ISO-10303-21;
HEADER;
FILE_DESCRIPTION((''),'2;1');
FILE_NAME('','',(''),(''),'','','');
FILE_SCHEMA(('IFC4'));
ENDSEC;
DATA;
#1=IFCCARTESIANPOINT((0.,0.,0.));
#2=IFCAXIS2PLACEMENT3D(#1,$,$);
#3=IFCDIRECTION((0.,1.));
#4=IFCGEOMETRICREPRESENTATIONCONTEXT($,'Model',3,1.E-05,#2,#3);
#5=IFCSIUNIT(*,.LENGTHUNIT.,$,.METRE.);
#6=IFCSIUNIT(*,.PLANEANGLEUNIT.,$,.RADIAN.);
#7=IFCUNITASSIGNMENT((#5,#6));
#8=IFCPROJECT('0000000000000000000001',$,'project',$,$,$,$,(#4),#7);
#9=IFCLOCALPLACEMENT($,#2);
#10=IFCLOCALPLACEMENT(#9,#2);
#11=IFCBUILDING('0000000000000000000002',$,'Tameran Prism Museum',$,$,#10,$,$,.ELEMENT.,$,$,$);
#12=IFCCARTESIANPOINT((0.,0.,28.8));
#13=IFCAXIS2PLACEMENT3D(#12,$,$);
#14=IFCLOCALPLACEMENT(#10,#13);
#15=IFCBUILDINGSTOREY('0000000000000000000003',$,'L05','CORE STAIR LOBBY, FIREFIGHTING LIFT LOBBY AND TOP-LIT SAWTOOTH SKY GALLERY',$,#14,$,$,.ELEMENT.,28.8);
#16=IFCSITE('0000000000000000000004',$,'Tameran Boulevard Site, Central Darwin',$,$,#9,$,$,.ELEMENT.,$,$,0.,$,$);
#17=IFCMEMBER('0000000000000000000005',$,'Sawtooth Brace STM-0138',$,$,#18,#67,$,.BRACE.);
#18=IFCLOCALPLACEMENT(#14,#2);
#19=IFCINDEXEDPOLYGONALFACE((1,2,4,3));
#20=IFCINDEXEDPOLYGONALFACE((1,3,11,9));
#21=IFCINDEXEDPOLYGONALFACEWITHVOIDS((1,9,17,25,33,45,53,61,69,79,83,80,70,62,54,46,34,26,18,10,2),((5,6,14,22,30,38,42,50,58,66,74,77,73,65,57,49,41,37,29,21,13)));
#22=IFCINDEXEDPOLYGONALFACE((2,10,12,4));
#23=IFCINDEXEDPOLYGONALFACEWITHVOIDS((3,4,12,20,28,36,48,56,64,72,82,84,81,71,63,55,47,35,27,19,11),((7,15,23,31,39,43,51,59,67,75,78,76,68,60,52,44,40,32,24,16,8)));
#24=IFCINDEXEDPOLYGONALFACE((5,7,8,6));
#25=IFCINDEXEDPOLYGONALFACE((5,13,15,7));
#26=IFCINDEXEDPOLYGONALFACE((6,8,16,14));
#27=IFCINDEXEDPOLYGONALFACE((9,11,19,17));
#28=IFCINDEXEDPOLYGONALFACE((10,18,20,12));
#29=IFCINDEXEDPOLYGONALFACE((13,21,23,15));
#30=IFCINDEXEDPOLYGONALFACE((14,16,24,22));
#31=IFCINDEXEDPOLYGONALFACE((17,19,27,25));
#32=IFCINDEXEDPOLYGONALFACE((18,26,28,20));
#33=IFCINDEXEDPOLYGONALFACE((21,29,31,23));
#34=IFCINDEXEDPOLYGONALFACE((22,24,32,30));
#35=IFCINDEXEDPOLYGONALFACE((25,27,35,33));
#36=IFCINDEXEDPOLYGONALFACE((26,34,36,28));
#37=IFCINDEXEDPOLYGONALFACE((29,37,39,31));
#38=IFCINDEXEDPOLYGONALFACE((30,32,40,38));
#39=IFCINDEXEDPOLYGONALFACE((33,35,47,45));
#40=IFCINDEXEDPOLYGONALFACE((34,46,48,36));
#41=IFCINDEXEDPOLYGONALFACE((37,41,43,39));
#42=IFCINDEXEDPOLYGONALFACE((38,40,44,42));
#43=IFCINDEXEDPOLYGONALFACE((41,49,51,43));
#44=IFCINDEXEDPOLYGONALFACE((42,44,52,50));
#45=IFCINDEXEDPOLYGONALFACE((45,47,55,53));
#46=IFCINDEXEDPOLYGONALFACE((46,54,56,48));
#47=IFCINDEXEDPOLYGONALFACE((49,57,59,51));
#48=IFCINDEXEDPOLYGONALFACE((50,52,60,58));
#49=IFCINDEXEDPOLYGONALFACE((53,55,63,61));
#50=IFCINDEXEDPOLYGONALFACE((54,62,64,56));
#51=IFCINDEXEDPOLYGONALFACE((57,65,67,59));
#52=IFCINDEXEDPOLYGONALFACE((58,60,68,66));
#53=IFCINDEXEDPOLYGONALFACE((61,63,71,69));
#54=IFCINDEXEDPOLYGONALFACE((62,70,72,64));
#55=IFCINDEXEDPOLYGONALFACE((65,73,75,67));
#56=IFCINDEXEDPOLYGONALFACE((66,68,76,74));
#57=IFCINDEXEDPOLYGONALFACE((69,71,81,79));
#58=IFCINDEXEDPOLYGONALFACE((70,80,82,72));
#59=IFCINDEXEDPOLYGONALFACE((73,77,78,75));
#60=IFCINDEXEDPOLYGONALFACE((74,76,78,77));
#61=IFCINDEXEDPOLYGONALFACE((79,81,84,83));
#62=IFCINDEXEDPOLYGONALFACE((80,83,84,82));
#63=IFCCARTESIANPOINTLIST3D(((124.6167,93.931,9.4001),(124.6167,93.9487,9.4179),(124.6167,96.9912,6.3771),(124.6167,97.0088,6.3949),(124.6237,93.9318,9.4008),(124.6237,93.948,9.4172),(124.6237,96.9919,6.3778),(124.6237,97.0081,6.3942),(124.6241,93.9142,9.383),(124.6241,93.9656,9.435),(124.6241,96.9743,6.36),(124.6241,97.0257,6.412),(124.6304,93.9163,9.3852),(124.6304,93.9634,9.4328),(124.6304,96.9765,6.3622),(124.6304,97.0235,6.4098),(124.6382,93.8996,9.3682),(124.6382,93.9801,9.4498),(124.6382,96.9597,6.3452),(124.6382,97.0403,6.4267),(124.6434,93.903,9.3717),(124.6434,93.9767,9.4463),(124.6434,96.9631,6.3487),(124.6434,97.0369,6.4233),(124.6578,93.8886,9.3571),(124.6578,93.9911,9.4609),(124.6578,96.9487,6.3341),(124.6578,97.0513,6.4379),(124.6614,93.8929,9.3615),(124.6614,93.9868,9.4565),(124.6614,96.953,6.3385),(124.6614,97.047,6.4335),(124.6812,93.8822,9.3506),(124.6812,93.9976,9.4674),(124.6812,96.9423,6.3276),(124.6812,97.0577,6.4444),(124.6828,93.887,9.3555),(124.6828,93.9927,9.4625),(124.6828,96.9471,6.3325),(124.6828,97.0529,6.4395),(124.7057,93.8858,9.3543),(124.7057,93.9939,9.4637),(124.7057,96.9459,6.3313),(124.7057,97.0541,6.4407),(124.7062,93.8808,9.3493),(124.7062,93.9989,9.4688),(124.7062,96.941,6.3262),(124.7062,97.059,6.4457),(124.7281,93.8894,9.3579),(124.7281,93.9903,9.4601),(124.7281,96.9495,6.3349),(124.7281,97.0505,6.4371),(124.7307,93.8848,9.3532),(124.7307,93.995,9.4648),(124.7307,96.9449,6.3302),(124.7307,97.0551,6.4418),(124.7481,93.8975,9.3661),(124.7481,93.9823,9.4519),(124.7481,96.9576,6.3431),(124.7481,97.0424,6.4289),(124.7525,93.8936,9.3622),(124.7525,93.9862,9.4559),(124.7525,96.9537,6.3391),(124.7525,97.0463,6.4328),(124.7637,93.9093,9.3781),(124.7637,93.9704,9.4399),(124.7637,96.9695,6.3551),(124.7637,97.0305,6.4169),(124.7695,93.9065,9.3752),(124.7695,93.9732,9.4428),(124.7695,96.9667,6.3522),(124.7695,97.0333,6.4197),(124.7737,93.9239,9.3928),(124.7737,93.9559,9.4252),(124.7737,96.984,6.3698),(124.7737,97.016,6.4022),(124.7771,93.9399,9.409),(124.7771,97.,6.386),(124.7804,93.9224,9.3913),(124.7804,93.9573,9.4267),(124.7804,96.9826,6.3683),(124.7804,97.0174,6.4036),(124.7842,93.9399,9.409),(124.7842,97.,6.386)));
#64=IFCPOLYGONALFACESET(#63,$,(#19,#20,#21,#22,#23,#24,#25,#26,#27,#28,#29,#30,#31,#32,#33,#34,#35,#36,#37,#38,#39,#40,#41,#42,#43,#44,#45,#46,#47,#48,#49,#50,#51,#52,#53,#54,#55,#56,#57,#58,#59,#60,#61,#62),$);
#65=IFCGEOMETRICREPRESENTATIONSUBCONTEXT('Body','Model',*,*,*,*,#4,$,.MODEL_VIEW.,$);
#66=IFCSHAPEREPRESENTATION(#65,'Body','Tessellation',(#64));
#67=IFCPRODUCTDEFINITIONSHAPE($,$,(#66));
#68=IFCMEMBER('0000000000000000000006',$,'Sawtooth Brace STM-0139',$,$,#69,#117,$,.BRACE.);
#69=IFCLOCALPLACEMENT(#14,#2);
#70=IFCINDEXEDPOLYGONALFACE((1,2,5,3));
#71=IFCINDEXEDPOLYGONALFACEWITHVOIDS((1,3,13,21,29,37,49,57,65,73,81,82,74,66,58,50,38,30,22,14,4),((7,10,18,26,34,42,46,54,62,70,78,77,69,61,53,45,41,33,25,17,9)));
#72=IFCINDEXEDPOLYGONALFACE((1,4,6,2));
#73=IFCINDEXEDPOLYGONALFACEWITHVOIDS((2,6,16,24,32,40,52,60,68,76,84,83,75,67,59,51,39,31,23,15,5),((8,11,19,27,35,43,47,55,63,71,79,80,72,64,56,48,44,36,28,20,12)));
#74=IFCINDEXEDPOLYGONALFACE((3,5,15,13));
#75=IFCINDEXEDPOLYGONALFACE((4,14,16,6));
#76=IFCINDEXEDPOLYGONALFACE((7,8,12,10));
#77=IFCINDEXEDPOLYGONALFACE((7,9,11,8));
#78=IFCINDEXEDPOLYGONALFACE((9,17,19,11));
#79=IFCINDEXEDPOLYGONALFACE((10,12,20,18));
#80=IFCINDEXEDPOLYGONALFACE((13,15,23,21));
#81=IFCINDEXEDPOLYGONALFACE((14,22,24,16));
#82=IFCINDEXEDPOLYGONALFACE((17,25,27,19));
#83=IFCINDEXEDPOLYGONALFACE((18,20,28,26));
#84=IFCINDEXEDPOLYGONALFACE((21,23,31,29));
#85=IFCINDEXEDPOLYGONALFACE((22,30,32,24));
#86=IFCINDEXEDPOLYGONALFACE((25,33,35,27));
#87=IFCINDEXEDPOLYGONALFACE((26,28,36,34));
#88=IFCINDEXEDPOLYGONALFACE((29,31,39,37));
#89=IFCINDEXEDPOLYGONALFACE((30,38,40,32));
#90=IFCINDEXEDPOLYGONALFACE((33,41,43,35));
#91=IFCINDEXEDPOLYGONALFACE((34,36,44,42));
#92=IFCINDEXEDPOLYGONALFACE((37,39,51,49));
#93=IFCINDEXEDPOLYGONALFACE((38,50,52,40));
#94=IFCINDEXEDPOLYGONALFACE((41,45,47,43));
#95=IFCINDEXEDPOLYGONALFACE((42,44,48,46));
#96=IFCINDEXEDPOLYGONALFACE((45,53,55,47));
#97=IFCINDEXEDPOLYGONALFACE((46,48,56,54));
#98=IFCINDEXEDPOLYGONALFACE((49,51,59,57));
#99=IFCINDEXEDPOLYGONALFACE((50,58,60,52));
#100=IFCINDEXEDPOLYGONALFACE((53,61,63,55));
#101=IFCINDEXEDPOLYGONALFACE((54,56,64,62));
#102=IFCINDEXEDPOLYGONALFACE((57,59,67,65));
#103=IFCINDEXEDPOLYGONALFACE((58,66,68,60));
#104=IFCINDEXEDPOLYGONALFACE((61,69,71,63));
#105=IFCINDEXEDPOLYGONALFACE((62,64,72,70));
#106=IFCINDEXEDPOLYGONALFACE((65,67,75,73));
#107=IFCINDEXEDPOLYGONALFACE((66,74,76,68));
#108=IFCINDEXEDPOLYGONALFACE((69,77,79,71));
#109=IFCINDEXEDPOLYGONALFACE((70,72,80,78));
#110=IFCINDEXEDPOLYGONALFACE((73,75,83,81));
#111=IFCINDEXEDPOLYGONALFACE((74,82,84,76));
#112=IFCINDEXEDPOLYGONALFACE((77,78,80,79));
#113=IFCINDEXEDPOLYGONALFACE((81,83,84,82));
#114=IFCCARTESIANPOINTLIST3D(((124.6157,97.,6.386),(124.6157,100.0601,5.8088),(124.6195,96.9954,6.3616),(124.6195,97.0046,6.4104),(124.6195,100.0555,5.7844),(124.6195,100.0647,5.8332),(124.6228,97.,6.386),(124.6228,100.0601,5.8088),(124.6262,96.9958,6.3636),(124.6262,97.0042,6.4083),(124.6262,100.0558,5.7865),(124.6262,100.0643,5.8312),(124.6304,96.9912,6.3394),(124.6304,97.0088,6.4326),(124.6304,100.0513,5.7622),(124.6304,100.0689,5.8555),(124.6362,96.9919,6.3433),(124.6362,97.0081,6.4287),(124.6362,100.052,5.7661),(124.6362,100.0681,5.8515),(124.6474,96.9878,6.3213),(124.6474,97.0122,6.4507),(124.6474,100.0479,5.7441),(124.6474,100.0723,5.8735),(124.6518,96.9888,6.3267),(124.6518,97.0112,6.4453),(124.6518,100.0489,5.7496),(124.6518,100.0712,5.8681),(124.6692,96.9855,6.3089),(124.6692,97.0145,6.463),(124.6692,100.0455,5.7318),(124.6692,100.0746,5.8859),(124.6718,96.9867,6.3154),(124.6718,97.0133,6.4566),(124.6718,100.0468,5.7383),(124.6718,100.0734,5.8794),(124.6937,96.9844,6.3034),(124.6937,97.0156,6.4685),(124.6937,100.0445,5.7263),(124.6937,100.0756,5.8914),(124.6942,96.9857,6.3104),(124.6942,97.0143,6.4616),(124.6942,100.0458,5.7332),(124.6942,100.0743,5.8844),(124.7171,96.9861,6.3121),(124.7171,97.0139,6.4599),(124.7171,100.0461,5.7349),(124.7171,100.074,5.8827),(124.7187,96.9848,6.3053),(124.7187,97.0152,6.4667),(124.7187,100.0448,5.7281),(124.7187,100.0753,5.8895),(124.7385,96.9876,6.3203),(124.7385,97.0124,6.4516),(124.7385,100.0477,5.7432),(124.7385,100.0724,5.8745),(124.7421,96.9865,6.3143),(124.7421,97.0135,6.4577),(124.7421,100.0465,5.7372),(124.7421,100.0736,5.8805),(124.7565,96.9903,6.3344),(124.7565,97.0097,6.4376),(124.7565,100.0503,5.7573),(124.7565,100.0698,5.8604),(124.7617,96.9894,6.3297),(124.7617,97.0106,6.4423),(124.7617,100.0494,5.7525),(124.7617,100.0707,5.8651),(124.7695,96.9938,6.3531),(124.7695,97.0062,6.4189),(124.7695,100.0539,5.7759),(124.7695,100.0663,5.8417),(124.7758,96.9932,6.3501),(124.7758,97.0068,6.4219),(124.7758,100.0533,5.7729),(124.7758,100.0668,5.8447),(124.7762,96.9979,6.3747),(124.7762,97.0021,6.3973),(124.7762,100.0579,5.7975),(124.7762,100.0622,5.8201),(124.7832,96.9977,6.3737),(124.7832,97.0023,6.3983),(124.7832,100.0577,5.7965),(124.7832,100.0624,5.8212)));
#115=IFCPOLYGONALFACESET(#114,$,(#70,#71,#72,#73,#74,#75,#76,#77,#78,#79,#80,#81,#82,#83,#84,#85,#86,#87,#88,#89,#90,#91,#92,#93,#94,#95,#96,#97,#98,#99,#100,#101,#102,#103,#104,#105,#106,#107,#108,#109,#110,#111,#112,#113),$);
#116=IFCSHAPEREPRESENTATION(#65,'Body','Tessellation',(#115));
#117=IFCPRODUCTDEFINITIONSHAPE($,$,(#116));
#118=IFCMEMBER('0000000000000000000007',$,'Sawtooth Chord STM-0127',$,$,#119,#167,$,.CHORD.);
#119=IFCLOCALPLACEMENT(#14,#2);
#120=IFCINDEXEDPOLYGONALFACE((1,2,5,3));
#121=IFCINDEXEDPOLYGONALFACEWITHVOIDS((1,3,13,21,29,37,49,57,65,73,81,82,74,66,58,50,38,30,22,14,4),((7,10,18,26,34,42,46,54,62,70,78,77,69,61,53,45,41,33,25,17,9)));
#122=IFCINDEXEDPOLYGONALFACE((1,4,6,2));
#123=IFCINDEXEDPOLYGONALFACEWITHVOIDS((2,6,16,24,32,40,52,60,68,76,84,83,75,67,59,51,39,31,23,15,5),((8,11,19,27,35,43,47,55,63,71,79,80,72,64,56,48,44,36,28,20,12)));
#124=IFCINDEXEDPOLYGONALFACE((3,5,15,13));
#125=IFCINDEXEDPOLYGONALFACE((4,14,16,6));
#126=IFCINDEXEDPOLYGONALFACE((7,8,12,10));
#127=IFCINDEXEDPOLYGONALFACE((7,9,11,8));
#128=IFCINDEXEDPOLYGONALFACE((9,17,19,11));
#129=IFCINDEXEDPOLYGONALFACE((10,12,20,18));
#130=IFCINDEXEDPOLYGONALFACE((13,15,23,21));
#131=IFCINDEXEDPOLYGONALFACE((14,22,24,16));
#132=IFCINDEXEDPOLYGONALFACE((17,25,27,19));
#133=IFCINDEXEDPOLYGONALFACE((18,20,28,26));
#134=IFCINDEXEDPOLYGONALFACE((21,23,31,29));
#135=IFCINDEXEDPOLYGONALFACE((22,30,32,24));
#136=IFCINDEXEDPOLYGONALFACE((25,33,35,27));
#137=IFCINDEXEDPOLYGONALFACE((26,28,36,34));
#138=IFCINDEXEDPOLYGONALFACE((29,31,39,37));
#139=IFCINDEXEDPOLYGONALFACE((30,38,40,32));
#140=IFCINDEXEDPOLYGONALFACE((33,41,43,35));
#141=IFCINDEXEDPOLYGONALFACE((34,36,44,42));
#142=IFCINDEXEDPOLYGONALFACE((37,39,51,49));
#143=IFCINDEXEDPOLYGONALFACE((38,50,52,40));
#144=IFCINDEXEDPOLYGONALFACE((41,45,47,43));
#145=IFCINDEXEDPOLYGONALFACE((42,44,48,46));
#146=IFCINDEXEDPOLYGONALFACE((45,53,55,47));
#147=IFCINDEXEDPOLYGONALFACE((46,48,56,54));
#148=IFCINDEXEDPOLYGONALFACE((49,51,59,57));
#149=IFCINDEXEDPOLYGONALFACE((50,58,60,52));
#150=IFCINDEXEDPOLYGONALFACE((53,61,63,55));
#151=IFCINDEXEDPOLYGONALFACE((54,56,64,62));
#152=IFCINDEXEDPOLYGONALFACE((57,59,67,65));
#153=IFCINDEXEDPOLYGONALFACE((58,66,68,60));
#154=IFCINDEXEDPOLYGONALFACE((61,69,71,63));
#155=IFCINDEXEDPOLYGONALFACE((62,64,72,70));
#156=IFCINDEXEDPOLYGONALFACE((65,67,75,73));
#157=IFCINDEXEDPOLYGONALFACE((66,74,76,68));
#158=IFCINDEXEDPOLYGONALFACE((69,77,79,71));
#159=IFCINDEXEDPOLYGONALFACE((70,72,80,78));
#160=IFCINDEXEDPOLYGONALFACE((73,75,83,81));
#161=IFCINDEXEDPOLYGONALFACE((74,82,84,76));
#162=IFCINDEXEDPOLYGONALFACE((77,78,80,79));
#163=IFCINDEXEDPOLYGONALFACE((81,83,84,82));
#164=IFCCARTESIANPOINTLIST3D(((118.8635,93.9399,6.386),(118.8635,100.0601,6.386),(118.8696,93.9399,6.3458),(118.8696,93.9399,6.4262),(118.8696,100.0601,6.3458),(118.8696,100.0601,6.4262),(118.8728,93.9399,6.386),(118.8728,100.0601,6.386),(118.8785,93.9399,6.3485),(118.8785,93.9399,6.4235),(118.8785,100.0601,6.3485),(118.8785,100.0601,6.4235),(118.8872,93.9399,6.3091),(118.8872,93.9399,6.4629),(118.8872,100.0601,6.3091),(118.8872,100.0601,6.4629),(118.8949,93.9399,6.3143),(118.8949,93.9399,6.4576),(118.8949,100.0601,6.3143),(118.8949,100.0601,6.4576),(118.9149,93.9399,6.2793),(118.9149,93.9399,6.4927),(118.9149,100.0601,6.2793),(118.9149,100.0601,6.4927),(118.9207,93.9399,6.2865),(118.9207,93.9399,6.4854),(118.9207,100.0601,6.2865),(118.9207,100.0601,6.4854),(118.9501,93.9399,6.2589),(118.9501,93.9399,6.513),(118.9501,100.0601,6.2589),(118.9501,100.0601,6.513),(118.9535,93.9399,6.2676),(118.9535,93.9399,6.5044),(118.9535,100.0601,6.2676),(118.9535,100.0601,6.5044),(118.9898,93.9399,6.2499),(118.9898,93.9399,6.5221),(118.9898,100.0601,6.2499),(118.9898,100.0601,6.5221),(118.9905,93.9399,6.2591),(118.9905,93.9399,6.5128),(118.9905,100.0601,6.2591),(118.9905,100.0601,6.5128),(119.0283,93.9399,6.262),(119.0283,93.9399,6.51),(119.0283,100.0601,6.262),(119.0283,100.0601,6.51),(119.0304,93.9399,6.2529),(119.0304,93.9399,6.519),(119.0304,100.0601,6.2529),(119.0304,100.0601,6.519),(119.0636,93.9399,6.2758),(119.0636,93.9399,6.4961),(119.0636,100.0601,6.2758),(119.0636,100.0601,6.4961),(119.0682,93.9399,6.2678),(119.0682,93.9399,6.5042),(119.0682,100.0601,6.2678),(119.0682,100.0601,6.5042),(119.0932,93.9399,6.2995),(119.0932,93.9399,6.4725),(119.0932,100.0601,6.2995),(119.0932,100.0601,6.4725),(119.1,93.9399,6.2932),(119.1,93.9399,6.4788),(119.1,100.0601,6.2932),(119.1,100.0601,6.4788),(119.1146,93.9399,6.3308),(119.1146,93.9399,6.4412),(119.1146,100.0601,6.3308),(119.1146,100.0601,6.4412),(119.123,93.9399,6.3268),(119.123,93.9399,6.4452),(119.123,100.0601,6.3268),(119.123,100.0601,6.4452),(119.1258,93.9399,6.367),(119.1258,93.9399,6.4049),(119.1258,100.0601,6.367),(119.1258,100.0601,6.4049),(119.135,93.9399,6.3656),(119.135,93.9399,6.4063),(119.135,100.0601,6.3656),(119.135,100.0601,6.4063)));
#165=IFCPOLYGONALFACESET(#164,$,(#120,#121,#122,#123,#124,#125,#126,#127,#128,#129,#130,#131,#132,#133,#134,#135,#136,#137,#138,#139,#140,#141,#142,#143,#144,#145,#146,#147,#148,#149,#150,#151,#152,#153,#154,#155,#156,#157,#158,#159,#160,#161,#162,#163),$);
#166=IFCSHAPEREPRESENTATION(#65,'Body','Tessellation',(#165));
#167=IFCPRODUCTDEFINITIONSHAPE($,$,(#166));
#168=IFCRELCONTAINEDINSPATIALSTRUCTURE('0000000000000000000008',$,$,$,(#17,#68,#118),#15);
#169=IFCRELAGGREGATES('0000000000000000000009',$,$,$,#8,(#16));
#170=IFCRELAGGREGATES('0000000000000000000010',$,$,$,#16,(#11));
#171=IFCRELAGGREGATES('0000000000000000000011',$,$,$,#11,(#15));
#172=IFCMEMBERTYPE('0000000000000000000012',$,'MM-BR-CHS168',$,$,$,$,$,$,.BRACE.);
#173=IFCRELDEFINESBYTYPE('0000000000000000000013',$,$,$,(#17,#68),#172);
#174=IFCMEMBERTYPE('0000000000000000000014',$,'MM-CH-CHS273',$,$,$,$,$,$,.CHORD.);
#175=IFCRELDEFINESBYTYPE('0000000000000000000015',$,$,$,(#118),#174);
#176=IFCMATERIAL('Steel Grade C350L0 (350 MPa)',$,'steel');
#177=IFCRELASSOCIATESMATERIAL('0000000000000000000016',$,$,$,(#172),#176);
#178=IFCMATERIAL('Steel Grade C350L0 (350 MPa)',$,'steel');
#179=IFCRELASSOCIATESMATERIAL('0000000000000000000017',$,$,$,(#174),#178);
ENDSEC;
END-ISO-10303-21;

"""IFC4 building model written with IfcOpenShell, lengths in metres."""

from ifc_helpers import new_model, si_unit, direction, frame, origin, origin_2d, place, context, subcontext, project, spatial, hollow_circle, extrude, material, material_profile, profile_set, type_object, element, save


model = new_model("IFC4")

# Units and contexts
model_context = context("Model", 3, precision=1e-05, world=origin(), true_north=direction((0.0, 1.0)))
body_context = subcontext(model_context, "Body", "Model", "MODEL_VIEW")
ifc_project = project(units=[si_unit("LENGTHUNIT", "METRE"), si_unit("PLANEANGLEUNIT", "RADIAN")], contexts=[model_context])

# Site, building, storey
site_placement = place(None, origin())
site = spatial("IfcSite", under=ifc_project, at=site_placement, Name="Tameran Boulevard Site, Central Darwin", CompositionType="ELEMENT", RefElevation=0.0)
building_placement = place(site_placement, origin())
building = spatial("IfcBuilding", under=site, at=building_placement, Name="Tameran Prism Museum", CompositionType="ELEMENT")
storey_placement = place(building_placement, frame((0.0, 0.0, 28.8)))
storey = spatial("IfcBuildingStorey", under=building, at=storey_placement, Name="L05", Description="CORE STAIR LOBBY, FIREFIGHTING LIFT LOBBY AND TOP-LIT SAWTOOTH SKY GALLERY", CompositionType="ELEMENT", Elevation=28.8)

# Members
ifc_material_1 = material(Name="Steel Grade C350L0 (350 MPa)", Category="steel")
ifc_material_profile_1 = material_profile(ifc_material_1, hollow_circle(Radius=0.0842, WallThickness=0.0071, at=origin_2d()))
ifc_profile_set_1 = profile_set([ifc_material_profile_1])
member_type_1 = type_object("IfcMemberType", Name="MM-BR-CHS168", PredefinedType="BRACE", material=ifc_profile_set_1)
member_1_placement = place(storey_placement, frame((124.7, 97.0, 6.386), z_axis=(0.0, -0.711407, 0.70278), x_axis=(1.0, 0.0, 0.0)))
element("IfcMember", 1, at=member_1_placement, inside=storey, type_object=member_type_1, Name="Sawtooth Brace STM-0138", PredefinedType="BRACE", context=body_context, shape_type="SweptSolid", body=[
    extrude(hollow_circle(Radius=0.0842, WallThickness=0.0071, at=origin_2d()), origin(), (0.0, 0.0, 1.0), 4.3015),
])
member_2_placement = place(storey_placement, frame((124.7, 97.0, 6.386), z_axis=(0.0, 0.982675, -0.185339), x_axis=(-1.0, 0.0, 0.0)))
element("IfcMember", 2, at=member_2_placement, inside=storey, type_object=member_type_1, Name="Sawtooth Brace STM-0139", PredefinedType="BRACE", context=body_context, shape_type="SweptSolid", body=[
    extrude(hollow_circle(Radius=0.0842, WallThickness=0.0071, at=origin_2d()), origin(), (0.0, 0.0, 1.0), 3.114),
])
ifc_material_2 = material(Name="Steel Grade C350L0 (350 MPa)", Category="steel")
ifc_material_profile_2 = material_profile(ifc_material_2, hollow_circle(Radius=0.1365, WallThickness=0.0093, at=origin_2d()))
ifc_profile_set_2 = profile_set([ifc_material_profile_2])
member_type_2 = type_object("IfcMemberType", Name="MM-CH-CHS273", PredefinedType="CHORD", material=ifc_profile_set_2)
for number, where, z_axis, x_axis, name in (
    (3, (119.0, 93.9399, 6.386), (0.0, 1.0, 0.0), (-1.0, 0.0, 0.0), "Sawtooth Chord STM-0127"),
):
    element("IfcMember", number, at=place(storey_placement, frame(where, z_axis=z_axis, x_axis=x_axis)), inside=storey, type_object=member_type_2, Name=name, PredefinedType="CHORD", context=body_context, shape_type="SweptSolid", body=[
        extrude(hollow_circle(Radius=0.1365, WallThickness=0.0093, at=origin_2d()), origin(), (0.0, 0.0, 1.0), 6.1201),
    ])

save(model, "model.ifc")
